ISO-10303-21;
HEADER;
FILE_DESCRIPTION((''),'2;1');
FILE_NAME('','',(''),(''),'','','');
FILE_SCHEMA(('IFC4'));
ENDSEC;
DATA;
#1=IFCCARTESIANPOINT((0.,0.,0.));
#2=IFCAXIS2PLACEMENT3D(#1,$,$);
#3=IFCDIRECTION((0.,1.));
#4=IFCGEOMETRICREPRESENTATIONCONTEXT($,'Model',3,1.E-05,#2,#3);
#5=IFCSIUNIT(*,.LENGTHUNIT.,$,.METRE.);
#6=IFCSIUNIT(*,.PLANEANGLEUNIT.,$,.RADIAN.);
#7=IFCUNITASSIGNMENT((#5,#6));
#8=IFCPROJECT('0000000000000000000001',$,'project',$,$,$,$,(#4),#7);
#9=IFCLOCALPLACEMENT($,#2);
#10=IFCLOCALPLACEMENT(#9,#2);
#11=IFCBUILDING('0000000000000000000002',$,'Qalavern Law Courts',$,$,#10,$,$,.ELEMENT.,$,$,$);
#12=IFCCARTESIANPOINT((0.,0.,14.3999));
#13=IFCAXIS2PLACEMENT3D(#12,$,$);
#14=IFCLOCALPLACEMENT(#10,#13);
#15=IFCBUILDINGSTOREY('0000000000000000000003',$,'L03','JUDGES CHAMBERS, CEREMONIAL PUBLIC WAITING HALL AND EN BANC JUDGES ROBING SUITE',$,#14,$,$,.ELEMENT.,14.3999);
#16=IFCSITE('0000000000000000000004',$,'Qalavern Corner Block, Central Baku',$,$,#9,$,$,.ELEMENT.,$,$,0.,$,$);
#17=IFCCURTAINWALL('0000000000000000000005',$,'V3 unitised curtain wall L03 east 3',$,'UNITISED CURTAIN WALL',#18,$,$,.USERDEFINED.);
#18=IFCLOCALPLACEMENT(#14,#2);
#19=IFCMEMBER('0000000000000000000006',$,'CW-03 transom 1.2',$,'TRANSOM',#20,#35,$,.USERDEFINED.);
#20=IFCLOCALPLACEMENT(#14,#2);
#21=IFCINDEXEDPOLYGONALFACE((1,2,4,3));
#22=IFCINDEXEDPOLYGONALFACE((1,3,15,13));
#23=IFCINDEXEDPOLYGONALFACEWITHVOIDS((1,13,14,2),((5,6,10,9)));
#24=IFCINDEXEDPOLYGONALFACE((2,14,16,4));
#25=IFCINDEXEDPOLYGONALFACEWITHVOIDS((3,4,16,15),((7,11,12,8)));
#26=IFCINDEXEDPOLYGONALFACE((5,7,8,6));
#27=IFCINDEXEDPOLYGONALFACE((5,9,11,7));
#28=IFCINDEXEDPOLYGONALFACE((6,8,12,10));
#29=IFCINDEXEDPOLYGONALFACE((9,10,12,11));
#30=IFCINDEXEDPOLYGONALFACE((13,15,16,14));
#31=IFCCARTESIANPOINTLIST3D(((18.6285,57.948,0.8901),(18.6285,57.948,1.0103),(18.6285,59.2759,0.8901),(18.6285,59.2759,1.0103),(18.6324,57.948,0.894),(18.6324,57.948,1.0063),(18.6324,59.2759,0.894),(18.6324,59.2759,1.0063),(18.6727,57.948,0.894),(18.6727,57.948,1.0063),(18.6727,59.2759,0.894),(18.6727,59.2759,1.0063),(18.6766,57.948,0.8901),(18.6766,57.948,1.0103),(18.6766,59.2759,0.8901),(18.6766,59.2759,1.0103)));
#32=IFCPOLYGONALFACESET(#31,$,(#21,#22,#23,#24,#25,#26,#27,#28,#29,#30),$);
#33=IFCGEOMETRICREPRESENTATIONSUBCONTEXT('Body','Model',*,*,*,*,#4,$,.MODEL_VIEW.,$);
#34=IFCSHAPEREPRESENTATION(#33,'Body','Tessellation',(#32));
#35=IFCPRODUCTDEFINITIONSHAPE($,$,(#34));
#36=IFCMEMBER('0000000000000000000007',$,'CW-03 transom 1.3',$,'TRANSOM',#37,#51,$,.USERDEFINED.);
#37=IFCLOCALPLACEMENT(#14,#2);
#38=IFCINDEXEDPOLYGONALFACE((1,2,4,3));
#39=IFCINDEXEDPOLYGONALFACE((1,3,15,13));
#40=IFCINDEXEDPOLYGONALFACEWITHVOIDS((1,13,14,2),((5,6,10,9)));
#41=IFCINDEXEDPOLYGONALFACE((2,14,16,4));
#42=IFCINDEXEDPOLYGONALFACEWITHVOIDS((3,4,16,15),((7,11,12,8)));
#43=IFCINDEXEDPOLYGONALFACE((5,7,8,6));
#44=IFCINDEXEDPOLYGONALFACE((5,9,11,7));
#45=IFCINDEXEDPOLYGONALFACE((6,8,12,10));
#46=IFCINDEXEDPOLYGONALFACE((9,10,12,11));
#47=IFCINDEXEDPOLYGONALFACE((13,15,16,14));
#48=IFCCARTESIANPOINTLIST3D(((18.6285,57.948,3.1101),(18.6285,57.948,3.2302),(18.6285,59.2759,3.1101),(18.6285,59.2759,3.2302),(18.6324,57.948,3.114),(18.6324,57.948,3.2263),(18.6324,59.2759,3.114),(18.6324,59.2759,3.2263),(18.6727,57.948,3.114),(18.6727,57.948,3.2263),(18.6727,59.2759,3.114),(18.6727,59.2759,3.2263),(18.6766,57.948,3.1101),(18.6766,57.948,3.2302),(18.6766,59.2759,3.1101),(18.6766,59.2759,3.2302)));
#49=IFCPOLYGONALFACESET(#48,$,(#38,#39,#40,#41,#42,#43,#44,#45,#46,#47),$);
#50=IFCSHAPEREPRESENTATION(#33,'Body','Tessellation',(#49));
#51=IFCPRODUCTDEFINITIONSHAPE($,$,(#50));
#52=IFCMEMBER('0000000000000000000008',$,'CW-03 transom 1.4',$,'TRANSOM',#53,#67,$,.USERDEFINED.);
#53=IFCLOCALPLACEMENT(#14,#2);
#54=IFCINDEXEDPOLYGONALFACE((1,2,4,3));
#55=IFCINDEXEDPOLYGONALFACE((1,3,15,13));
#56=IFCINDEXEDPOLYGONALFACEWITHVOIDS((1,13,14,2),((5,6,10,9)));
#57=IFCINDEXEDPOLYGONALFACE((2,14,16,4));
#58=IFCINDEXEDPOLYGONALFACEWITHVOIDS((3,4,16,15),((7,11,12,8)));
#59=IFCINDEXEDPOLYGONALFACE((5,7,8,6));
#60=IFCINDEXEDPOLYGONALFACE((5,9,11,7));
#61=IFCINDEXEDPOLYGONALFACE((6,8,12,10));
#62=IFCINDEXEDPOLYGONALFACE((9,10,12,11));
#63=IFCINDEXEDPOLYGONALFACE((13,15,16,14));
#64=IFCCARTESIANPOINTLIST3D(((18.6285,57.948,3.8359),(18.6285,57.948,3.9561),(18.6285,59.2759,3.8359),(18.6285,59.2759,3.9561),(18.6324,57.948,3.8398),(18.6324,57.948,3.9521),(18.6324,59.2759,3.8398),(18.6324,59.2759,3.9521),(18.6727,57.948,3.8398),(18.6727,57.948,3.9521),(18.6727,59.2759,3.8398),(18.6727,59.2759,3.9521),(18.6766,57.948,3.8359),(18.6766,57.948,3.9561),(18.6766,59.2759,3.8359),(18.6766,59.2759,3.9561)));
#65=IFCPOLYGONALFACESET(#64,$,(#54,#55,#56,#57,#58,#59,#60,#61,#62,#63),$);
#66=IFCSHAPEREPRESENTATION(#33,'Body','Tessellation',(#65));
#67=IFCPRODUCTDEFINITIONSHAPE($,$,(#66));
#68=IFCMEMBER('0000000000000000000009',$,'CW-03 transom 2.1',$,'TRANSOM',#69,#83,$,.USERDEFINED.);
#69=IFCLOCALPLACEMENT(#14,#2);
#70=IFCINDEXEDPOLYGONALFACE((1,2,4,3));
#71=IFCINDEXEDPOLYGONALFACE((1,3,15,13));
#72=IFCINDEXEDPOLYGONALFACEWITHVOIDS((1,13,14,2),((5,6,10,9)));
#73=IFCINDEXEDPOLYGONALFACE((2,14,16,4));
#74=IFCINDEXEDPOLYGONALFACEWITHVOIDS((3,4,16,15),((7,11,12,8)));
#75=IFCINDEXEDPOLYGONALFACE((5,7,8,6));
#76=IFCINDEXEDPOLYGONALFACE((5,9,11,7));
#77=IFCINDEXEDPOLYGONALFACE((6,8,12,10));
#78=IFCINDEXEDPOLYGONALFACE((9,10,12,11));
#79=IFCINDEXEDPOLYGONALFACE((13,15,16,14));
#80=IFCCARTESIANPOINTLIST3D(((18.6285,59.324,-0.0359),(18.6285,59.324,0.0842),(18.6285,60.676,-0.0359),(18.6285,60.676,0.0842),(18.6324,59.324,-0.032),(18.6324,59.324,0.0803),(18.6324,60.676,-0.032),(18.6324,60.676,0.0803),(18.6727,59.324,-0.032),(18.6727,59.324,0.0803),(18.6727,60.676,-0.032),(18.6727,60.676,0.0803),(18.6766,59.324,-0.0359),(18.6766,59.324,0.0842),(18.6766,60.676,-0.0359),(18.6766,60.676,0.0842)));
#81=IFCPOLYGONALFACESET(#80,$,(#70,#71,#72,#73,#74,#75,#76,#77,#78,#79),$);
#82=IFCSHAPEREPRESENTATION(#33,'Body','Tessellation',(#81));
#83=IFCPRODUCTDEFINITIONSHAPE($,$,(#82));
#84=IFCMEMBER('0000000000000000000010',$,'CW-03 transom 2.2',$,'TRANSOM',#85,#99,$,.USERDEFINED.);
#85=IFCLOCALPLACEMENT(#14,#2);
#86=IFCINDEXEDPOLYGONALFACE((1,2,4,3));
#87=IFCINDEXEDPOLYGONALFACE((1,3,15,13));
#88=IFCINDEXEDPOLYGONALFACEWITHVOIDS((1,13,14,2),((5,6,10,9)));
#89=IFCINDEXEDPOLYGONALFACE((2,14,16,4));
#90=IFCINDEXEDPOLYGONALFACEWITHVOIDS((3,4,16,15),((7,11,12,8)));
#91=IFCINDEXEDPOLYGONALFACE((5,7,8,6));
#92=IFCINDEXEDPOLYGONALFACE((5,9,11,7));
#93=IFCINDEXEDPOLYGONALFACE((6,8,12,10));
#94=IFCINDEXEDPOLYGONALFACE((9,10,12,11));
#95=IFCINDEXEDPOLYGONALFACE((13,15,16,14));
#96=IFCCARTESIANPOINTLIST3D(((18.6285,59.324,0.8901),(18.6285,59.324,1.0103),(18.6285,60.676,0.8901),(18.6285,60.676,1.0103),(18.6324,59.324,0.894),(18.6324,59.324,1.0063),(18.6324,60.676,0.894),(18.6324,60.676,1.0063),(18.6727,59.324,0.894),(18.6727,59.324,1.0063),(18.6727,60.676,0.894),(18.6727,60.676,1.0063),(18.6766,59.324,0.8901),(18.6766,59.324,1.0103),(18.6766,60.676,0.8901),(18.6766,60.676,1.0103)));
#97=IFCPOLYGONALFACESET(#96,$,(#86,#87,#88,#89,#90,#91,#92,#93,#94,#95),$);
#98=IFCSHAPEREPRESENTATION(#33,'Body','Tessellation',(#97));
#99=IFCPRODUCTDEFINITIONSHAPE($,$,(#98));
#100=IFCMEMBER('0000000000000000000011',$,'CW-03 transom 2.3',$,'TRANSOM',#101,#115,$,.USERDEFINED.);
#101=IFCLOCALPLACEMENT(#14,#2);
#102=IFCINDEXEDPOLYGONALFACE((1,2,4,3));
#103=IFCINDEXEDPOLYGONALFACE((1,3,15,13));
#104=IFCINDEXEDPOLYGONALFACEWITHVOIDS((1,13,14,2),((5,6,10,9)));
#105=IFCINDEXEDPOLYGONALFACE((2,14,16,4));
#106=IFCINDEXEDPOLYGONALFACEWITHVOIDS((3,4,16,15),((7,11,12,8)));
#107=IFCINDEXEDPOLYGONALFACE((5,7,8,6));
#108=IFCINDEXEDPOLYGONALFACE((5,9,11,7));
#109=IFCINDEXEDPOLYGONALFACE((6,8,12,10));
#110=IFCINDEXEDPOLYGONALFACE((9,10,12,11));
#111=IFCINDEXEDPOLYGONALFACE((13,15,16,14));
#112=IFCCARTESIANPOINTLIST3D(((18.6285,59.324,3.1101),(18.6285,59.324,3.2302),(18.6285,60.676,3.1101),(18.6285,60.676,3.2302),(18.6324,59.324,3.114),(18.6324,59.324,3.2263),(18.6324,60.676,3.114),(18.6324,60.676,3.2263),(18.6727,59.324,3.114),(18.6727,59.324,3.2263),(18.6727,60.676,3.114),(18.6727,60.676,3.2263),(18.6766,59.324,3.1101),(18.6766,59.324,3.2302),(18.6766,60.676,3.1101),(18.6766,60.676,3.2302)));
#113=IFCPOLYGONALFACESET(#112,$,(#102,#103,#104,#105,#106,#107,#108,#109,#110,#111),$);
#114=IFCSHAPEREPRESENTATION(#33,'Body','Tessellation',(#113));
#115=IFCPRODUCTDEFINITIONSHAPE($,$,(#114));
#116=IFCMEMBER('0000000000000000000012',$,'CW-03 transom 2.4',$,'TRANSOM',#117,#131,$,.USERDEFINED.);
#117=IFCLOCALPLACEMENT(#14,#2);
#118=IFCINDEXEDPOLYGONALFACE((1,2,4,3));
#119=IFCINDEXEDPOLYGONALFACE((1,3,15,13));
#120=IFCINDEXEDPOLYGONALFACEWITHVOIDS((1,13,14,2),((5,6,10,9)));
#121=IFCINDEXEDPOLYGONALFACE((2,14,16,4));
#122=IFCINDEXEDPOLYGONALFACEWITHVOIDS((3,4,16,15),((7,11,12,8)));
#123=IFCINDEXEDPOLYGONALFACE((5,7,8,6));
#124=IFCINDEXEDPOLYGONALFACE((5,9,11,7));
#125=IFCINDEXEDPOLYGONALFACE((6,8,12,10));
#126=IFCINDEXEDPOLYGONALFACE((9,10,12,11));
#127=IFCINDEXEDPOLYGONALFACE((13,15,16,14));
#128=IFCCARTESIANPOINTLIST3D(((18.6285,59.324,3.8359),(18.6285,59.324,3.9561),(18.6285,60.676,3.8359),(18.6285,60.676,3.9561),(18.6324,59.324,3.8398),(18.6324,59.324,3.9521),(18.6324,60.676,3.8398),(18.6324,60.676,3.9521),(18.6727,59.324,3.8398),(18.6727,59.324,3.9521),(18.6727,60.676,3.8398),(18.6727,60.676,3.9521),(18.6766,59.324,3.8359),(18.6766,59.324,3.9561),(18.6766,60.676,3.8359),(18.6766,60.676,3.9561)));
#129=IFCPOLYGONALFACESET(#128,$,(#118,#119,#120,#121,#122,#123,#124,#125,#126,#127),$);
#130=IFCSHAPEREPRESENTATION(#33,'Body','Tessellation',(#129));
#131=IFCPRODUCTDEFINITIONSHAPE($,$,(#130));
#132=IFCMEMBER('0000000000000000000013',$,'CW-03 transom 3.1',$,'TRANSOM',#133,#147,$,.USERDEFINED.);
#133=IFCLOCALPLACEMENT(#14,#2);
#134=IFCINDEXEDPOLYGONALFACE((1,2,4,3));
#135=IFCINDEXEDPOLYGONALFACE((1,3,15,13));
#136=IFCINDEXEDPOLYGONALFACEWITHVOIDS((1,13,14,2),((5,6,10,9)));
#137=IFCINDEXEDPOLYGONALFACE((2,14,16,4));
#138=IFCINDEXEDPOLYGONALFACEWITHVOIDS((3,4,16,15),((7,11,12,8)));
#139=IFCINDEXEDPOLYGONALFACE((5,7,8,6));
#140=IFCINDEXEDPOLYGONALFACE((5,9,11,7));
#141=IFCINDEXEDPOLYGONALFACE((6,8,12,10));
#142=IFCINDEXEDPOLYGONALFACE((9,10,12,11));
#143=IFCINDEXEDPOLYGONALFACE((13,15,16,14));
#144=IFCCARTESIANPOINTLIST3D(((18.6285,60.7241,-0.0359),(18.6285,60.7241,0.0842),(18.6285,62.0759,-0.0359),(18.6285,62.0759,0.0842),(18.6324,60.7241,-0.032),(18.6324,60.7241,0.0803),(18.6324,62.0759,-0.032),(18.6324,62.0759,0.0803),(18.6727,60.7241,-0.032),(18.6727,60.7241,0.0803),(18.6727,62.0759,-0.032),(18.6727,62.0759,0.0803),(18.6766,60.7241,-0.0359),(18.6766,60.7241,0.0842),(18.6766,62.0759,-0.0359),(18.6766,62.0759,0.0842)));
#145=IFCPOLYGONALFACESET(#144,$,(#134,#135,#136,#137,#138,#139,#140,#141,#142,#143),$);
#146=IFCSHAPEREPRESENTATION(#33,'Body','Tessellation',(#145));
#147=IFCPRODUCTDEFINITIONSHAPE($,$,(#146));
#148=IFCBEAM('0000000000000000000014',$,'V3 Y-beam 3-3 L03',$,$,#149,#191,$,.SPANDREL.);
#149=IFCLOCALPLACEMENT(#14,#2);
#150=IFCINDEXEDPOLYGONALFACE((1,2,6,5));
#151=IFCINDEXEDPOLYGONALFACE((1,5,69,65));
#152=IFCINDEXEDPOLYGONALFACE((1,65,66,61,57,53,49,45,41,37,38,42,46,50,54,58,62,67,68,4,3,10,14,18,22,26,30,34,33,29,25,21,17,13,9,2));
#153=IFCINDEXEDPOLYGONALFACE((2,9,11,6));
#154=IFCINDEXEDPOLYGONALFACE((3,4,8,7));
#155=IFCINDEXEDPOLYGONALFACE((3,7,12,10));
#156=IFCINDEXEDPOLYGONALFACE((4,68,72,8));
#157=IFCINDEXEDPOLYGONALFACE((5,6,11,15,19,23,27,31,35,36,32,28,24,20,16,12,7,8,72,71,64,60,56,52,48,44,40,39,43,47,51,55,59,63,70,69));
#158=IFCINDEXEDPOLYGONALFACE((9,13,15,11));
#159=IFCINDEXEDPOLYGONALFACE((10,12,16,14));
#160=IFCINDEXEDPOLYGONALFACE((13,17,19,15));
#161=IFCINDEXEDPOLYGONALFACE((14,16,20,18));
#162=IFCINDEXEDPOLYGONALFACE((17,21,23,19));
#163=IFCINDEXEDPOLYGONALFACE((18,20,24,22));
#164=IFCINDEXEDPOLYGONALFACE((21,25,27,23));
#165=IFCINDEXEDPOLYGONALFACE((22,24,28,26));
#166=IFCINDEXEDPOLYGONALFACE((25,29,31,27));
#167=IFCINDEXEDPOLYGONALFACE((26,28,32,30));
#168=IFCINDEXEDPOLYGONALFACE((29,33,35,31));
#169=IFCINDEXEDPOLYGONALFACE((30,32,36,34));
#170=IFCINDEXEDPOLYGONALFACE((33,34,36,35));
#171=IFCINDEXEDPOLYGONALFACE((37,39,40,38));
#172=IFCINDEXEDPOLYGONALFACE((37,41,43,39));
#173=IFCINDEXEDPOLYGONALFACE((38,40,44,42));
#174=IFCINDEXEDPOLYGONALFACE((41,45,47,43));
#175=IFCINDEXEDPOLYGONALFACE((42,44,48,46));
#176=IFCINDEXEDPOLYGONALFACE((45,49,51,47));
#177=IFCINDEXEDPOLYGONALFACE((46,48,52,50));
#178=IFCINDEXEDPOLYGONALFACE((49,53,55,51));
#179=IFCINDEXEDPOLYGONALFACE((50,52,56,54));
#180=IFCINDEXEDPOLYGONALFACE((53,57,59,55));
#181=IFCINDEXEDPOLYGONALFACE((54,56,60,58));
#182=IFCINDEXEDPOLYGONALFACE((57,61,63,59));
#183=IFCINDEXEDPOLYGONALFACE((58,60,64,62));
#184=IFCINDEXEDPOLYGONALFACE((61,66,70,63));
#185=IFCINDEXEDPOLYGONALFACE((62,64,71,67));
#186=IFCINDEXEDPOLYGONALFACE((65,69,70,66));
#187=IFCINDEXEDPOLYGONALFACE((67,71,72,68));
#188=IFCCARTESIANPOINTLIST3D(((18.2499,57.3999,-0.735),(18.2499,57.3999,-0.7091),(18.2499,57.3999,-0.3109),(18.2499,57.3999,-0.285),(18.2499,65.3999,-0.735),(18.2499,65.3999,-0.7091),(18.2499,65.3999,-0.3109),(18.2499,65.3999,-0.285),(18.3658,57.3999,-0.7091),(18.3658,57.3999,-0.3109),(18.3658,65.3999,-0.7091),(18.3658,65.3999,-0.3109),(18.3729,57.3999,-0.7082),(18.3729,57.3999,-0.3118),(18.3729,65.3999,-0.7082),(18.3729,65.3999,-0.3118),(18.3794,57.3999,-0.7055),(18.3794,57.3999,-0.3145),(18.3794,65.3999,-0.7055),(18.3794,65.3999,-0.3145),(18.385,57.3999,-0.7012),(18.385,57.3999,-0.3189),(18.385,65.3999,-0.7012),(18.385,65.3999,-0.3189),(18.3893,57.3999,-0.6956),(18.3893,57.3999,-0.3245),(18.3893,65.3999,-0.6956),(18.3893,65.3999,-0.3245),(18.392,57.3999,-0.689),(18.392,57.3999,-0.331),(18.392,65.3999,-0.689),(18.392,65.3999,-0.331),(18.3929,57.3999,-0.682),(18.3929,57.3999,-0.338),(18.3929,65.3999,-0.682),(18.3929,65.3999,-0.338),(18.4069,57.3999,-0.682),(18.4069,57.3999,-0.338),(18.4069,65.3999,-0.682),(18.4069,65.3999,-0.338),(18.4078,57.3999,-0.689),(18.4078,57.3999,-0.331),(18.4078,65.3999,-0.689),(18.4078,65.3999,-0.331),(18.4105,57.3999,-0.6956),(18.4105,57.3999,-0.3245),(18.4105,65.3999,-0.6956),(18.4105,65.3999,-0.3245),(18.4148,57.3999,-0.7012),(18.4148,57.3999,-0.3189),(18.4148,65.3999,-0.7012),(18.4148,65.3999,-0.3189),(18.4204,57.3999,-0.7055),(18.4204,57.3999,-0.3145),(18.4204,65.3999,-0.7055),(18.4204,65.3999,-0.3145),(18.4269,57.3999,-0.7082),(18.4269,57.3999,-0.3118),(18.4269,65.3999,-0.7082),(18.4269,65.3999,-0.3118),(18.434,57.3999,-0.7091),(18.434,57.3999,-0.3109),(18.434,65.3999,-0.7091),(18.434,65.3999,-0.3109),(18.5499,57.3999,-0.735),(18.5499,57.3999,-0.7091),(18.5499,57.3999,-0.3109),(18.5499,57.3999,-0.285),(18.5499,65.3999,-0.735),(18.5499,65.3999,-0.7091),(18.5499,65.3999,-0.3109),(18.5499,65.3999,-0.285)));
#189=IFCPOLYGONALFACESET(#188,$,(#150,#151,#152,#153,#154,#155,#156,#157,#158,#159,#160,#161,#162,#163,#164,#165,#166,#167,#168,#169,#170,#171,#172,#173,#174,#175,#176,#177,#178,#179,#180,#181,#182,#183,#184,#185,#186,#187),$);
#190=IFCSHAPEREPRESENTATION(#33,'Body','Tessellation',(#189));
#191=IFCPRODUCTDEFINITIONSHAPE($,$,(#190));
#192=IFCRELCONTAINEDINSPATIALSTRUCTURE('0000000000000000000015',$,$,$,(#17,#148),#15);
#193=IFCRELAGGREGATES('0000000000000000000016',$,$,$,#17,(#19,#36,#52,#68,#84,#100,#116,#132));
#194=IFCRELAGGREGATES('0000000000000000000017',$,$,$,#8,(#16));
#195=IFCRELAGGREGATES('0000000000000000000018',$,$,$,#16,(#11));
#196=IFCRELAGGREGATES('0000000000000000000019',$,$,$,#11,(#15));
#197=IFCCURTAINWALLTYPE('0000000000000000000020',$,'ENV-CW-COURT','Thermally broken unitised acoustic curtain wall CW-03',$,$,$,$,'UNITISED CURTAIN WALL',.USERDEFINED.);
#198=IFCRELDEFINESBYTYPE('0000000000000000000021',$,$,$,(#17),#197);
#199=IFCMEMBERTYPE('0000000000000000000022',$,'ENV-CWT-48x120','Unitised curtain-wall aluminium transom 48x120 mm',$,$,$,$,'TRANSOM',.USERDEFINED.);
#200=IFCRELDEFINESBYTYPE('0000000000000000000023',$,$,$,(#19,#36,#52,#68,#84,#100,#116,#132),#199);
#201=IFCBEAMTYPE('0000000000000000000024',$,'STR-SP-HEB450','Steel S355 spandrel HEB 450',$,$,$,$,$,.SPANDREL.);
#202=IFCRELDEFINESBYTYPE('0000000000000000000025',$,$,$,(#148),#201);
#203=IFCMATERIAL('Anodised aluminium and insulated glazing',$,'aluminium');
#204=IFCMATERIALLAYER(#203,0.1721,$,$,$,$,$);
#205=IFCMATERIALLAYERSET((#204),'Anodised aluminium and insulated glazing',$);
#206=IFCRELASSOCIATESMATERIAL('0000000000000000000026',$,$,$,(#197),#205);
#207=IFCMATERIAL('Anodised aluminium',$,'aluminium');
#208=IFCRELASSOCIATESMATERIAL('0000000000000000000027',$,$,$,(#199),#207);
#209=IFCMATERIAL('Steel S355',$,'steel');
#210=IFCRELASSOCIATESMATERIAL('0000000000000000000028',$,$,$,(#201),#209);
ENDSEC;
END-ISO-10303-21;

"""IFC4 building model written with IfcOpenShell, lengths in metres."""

from ifc_helpers import new_model, si_unit, direction, frame, origin, origin_2d, place, context, subcontext, project, spatial, hollow_rectangle, i_section, extrude, material, layer, layer_set, material_profile, profile_set, type_object, element, aggregate, save


model = new_model("IFC4")

# Units and contexts
model_context = context("Model", 3, precision=1e-05, world=origin(), true_north=direction((0.0, 1.0)))
body_context = subcontext(model_context, "Body", "Model", "MODEL_VIEW")
ifc_project = project(units=[si_unit("LENGTHUNIT", "METRE"), si_unit("PLANEANGLEUNIT", "RADIAN")], contexts=[model_context])

# Site, building, storey
site_placement = place(None, origin())
site = spatial("IfcSite", under=ifc_project, at=site_placement, Name="Qalavern Corner Block, Central Baku", CompositionType="ELEMENT", RefElevation=0.0)
building_placement = place(site_placement, origin())
building = spatial("IfcBuilding", under=site, at=building_placement, Name="Qalavern Law Courts", CompositionType="ELEMENT")
storey_placement = place(building_placement, frame((0.0, 0.0, 14.3999)))
storey = spatial("IfcBuildingStorey", under=building, at=storey_placement, Name="L03", Description="JUDGES CHAMBERS, CEREMONIAL PUBLIC WAITING HALL AND EN BANC JUDGES ROBING SUITE", CompositionType="ELEMENT", Elevation=14.3999)

# Curtain wall
ifc_material_1 = material(Name="Anodised aluminium and insulated glazing", Category="aluminium")
ifc_layer_1 = layer(ifc_material_1, 0.1721)
ifc_layer_set_1 = layer_set([ifc_layer_1], Name="Anodised aluminium and insulated glazing")
curtain_wall_type = type_object("IfcCurtainWallType", Name="ENV-CW-COURT", Description="Thermally broken unitised acoustic curtain wall CW-03", ElementType="UNITISED CURTAIN WALL", PredefinedType="USERDEFINED", material=ifc_layer_set_1)
ifc_material_2 = material(Name="Anodised aluminium", Category="aluminium")
curtain_wall_1_placement = place(storey_placement, origin())
curtain_wall_1 = element("IfcCurtainWall", 1, at=curtain_wall_1_placement, inside=storey, type_object=curtain_wall_type, Name="V3 unitised curtain wall L03 east 3", ObjectType="UNITISED CURTAIN WALL", PredefinedType="USERDEFINED")

# Members
ifc_material_profile_1 = material_profile(ifc_material_2, hollow_rectangle(XDim=0.0481, YDim=0.1201, WallThickness=0.0039, at=origin_2d()), Name="ALU TRANSOM 48x120")
ifc_profile_set_1 = profile_set([ifc_material_profile_1], Name="Anodised aluminium")
member_type_1 = type_object("IfcMemberType", Name="ENV-CWT-48x120", Description="Unitised curtain-wall aluminium transom 48x120 mm", ElementType="TRANSOM", PredefinedType="USERDEFINED", material=ifc_profile_set_1)
member_1_placement = place(storey_placement, frame((18.6526, 57.948, 0.9502), z_axis=(0.0, 1.0, 0.0), x_axis=(-1.0, 0.0, 0.0)))
member_1 = element("IfcMember", 2, at=member_1_placement, type_object=member_type_1, Name="CW-03 transom 1.2", ObjectType="TRANSOM", PredefinedType="USERDEFINED", context=body_context, shape_type="SweptSolid", body=[
    extrude(hollow_rectangle(XDim=0.0481, YDim=0.1201, WallThickness=0.0039, at=origin_2d()), origin(), (0.0, 0.0, 1.0), 1.3279),
])
member_2_placement = place(storey_placement, frame((18.6526, 57.948, 3.1702), z_axis=(0.0, 1.0, 0.0), x_axis=(-1.0, 0.0, 0.0)))
member_2 = element("IfcMember", 3, at=member_2_placement, type_object=member_type_1, Name="CW-03 transom 1.3", ObjectType="TRANSOM", PredefinedType="USERDEFINED", context=body_context, shape_type="SweptSolid", body=[
    extrude(hollow_rectangle(XDim=0.0481, YDim=0.1201, WallThickness=0.0039, at=origin_2d()), origin(), (0.0, 0.0, 1.0), 1.3279),
])
member_3_placement = place(storey_placement, frame((18.6526, 57.948, 3.896), z_axis=(0.0, 1.0, 0.0), x_axis=(-1.0, 0.0, 0.0)))
member_3 = element("IfcMember", 4, at=member_3_placement, type_object=member_type_1, Name="CW-03 transom 1.4", ObjectType="TRANSOM", PredefinedType="USERDEFINED", context=body_context, shape_type="SweptSolid", body=[
    extrude(hollow_rectangle(XDim=0.0481, YDim=0.1201, WallThickness=0.0039, at=origin_2d()), origin(), (0.0, 0.0, 1.0), 1.3279),
])
member_4_placement = place(storey_placement, frame((18.6526, 59.324, 0.0242), z_axis=(0.0, 1.0, 0.0), x_axis=(-1.0, 0.0, 0.0)))
member_4 = element("IfcMember", 5, at=member_4_placement, type_object=member_type_1, Name="CW-03 transom 2.1", ObjectType="TRANSOM", PredefinedType="USERDEFINED", context=body_context, shape_type="SweptSolid", body=[
    extrude(hollow_rectangle(XDim=0.0481, YDim=0.1201, WallThickness=0.0039, at=origin_2d()), origin(), (0.0, 0.0, 1.0), 1.3521),
])
member_5_placement = place(storey_placement, frame((18.6526, 59.324, 0.9502), z_axis=(0.0, 1.0, 0.0), x_axis=(-1.0, 0.0, 0.0)))
member_5 = element("IfcMember", 6, at=member_5_placement, type_object=member_type_1, Name="CW-03 transom 2.2", ObjectType="TRANSOM", PredefinedType="USERDEFINED", context=body_context, shape_type="SweptSolid", body=[
    extrude(hollow_rectangle(XDim=0.0481, YDim=0.1201, WallThickness=0.0039, at=origin_2d()), origin(), (0.0, 0.0, 1.0), 1.3521),
])
member_6_placement = place(storey_placement, frame((18.6526, 59.324, 3.1702), z_axis=(0.0, 1.0, 0.0), x_axis=(-1.0, 0.0, 0.0)))
member_6 = element("IfcMember", 7, at=member_6_placement, type_object=member_type_1, Name="CW-03 transom 2.3", ObjectType="TRANSOM", PredefinedType="USERDEFINED", context=body_context, shape_type="SweptSolid", body=[
    extrude(hollow_rectangle(XDim=0.0481, YDim=0.1201, WallThickness=0.0039, at=origin_2d()), origin(), (0.0, 0.0, 1.0), 1.3521),
])
member_7_placement = place(storey_placement, frame((18.6526, 59.324, 3.896), z_axis=(0.0, 1.0, 0.0), x_axis=(-1.0, 0.0, 0.0)))
member_7 = element("IfcMember", 8, at=member_7_placement, type_object=member_type_1, Name="CW-03 transom 2.4", ObjectType="TRANSOM", PredefinedType="USERDEFINED", context=body_context, shape_type="SweptSolid", body=[
    extrude(hollow_rectangle(XDim=0.0481, YDim=0.1201, WallThickness=0.0039, at=origin_2d()), origin(), (0.0, 0.0, 1.0), 1.3521),
])
member_8_placement = place(storey_placement, frame((18.6526, 60.7241, 0.0242), z_axis=(0.0, 1.0, 0.0), x_axis=(-1.0, 0.0, 0.0)))
member_8 = element("IfcMember", 9, at=member_8_placement, type_object=member_type_1, Name="CW-03 transom 3.1", ObjectType="TRANSOM", PredefinedType="USERDEFINED", context=body_context, shape_type="SweptSolid", body=[
    extrude(hollow_rectangle(XDim=0.0481, YDim=0.1201, WallThickness=0.0039, at=origin_2d()), origin(), (0.0, 0.0, 1.0), 1.3518),
])

# Beam
ifc_material_3 = material(Name="Steel S355", Category="steel")
ifc_material_profile_2 = material_profile(ifc_material_3, i_section(OverallWidth=0.3, OverallDepth=0.45, WebThickness=0.0139, FlangeThickness=0.0259, FilletRadius=0.0271, at=origin_2d()), Name="HEB 450")
ifc_profile_set_2 = profile_set([ifc_material_profile_2], Name="Steel S355")
beam_type = type_object("IfcBeamType", Name="STR-SP-HEB450", Description="Steel S355 spandrel HEB 450", PredefinedType="SPANDREL", material=ifc_profile_set_2)
beam_placement = place(storey_placement, frame((18.3999, 57.3999, -0.51), z_axis=(0.0, 1.0, 0.0), x_axis=(-1.0, 0.0, 0.0)))
element("IfcBeam", 10, at=beam_placement, inside=storey, type_object=beam_type, Name="V3 Y-beam 3-3 L03", PredefinedType="SPANDREL", context=body_context, shape_type="SweptSolid", body=[
    extrude(i_section(OverallWidth=0.3, OverallDepth=0.45, WebThickness=0.0139, FlangeThickness=0.0259, FilletRadius=0.0271, at=origin_2d()), origin(), (0.0, 0.0, 1.0), 8.0),
])

aggregate(curtain_wall_1, [member_1, member_2, member_3, member_4, member_5, member_6, member_7, member_8])

save(model, "model.ifc")
